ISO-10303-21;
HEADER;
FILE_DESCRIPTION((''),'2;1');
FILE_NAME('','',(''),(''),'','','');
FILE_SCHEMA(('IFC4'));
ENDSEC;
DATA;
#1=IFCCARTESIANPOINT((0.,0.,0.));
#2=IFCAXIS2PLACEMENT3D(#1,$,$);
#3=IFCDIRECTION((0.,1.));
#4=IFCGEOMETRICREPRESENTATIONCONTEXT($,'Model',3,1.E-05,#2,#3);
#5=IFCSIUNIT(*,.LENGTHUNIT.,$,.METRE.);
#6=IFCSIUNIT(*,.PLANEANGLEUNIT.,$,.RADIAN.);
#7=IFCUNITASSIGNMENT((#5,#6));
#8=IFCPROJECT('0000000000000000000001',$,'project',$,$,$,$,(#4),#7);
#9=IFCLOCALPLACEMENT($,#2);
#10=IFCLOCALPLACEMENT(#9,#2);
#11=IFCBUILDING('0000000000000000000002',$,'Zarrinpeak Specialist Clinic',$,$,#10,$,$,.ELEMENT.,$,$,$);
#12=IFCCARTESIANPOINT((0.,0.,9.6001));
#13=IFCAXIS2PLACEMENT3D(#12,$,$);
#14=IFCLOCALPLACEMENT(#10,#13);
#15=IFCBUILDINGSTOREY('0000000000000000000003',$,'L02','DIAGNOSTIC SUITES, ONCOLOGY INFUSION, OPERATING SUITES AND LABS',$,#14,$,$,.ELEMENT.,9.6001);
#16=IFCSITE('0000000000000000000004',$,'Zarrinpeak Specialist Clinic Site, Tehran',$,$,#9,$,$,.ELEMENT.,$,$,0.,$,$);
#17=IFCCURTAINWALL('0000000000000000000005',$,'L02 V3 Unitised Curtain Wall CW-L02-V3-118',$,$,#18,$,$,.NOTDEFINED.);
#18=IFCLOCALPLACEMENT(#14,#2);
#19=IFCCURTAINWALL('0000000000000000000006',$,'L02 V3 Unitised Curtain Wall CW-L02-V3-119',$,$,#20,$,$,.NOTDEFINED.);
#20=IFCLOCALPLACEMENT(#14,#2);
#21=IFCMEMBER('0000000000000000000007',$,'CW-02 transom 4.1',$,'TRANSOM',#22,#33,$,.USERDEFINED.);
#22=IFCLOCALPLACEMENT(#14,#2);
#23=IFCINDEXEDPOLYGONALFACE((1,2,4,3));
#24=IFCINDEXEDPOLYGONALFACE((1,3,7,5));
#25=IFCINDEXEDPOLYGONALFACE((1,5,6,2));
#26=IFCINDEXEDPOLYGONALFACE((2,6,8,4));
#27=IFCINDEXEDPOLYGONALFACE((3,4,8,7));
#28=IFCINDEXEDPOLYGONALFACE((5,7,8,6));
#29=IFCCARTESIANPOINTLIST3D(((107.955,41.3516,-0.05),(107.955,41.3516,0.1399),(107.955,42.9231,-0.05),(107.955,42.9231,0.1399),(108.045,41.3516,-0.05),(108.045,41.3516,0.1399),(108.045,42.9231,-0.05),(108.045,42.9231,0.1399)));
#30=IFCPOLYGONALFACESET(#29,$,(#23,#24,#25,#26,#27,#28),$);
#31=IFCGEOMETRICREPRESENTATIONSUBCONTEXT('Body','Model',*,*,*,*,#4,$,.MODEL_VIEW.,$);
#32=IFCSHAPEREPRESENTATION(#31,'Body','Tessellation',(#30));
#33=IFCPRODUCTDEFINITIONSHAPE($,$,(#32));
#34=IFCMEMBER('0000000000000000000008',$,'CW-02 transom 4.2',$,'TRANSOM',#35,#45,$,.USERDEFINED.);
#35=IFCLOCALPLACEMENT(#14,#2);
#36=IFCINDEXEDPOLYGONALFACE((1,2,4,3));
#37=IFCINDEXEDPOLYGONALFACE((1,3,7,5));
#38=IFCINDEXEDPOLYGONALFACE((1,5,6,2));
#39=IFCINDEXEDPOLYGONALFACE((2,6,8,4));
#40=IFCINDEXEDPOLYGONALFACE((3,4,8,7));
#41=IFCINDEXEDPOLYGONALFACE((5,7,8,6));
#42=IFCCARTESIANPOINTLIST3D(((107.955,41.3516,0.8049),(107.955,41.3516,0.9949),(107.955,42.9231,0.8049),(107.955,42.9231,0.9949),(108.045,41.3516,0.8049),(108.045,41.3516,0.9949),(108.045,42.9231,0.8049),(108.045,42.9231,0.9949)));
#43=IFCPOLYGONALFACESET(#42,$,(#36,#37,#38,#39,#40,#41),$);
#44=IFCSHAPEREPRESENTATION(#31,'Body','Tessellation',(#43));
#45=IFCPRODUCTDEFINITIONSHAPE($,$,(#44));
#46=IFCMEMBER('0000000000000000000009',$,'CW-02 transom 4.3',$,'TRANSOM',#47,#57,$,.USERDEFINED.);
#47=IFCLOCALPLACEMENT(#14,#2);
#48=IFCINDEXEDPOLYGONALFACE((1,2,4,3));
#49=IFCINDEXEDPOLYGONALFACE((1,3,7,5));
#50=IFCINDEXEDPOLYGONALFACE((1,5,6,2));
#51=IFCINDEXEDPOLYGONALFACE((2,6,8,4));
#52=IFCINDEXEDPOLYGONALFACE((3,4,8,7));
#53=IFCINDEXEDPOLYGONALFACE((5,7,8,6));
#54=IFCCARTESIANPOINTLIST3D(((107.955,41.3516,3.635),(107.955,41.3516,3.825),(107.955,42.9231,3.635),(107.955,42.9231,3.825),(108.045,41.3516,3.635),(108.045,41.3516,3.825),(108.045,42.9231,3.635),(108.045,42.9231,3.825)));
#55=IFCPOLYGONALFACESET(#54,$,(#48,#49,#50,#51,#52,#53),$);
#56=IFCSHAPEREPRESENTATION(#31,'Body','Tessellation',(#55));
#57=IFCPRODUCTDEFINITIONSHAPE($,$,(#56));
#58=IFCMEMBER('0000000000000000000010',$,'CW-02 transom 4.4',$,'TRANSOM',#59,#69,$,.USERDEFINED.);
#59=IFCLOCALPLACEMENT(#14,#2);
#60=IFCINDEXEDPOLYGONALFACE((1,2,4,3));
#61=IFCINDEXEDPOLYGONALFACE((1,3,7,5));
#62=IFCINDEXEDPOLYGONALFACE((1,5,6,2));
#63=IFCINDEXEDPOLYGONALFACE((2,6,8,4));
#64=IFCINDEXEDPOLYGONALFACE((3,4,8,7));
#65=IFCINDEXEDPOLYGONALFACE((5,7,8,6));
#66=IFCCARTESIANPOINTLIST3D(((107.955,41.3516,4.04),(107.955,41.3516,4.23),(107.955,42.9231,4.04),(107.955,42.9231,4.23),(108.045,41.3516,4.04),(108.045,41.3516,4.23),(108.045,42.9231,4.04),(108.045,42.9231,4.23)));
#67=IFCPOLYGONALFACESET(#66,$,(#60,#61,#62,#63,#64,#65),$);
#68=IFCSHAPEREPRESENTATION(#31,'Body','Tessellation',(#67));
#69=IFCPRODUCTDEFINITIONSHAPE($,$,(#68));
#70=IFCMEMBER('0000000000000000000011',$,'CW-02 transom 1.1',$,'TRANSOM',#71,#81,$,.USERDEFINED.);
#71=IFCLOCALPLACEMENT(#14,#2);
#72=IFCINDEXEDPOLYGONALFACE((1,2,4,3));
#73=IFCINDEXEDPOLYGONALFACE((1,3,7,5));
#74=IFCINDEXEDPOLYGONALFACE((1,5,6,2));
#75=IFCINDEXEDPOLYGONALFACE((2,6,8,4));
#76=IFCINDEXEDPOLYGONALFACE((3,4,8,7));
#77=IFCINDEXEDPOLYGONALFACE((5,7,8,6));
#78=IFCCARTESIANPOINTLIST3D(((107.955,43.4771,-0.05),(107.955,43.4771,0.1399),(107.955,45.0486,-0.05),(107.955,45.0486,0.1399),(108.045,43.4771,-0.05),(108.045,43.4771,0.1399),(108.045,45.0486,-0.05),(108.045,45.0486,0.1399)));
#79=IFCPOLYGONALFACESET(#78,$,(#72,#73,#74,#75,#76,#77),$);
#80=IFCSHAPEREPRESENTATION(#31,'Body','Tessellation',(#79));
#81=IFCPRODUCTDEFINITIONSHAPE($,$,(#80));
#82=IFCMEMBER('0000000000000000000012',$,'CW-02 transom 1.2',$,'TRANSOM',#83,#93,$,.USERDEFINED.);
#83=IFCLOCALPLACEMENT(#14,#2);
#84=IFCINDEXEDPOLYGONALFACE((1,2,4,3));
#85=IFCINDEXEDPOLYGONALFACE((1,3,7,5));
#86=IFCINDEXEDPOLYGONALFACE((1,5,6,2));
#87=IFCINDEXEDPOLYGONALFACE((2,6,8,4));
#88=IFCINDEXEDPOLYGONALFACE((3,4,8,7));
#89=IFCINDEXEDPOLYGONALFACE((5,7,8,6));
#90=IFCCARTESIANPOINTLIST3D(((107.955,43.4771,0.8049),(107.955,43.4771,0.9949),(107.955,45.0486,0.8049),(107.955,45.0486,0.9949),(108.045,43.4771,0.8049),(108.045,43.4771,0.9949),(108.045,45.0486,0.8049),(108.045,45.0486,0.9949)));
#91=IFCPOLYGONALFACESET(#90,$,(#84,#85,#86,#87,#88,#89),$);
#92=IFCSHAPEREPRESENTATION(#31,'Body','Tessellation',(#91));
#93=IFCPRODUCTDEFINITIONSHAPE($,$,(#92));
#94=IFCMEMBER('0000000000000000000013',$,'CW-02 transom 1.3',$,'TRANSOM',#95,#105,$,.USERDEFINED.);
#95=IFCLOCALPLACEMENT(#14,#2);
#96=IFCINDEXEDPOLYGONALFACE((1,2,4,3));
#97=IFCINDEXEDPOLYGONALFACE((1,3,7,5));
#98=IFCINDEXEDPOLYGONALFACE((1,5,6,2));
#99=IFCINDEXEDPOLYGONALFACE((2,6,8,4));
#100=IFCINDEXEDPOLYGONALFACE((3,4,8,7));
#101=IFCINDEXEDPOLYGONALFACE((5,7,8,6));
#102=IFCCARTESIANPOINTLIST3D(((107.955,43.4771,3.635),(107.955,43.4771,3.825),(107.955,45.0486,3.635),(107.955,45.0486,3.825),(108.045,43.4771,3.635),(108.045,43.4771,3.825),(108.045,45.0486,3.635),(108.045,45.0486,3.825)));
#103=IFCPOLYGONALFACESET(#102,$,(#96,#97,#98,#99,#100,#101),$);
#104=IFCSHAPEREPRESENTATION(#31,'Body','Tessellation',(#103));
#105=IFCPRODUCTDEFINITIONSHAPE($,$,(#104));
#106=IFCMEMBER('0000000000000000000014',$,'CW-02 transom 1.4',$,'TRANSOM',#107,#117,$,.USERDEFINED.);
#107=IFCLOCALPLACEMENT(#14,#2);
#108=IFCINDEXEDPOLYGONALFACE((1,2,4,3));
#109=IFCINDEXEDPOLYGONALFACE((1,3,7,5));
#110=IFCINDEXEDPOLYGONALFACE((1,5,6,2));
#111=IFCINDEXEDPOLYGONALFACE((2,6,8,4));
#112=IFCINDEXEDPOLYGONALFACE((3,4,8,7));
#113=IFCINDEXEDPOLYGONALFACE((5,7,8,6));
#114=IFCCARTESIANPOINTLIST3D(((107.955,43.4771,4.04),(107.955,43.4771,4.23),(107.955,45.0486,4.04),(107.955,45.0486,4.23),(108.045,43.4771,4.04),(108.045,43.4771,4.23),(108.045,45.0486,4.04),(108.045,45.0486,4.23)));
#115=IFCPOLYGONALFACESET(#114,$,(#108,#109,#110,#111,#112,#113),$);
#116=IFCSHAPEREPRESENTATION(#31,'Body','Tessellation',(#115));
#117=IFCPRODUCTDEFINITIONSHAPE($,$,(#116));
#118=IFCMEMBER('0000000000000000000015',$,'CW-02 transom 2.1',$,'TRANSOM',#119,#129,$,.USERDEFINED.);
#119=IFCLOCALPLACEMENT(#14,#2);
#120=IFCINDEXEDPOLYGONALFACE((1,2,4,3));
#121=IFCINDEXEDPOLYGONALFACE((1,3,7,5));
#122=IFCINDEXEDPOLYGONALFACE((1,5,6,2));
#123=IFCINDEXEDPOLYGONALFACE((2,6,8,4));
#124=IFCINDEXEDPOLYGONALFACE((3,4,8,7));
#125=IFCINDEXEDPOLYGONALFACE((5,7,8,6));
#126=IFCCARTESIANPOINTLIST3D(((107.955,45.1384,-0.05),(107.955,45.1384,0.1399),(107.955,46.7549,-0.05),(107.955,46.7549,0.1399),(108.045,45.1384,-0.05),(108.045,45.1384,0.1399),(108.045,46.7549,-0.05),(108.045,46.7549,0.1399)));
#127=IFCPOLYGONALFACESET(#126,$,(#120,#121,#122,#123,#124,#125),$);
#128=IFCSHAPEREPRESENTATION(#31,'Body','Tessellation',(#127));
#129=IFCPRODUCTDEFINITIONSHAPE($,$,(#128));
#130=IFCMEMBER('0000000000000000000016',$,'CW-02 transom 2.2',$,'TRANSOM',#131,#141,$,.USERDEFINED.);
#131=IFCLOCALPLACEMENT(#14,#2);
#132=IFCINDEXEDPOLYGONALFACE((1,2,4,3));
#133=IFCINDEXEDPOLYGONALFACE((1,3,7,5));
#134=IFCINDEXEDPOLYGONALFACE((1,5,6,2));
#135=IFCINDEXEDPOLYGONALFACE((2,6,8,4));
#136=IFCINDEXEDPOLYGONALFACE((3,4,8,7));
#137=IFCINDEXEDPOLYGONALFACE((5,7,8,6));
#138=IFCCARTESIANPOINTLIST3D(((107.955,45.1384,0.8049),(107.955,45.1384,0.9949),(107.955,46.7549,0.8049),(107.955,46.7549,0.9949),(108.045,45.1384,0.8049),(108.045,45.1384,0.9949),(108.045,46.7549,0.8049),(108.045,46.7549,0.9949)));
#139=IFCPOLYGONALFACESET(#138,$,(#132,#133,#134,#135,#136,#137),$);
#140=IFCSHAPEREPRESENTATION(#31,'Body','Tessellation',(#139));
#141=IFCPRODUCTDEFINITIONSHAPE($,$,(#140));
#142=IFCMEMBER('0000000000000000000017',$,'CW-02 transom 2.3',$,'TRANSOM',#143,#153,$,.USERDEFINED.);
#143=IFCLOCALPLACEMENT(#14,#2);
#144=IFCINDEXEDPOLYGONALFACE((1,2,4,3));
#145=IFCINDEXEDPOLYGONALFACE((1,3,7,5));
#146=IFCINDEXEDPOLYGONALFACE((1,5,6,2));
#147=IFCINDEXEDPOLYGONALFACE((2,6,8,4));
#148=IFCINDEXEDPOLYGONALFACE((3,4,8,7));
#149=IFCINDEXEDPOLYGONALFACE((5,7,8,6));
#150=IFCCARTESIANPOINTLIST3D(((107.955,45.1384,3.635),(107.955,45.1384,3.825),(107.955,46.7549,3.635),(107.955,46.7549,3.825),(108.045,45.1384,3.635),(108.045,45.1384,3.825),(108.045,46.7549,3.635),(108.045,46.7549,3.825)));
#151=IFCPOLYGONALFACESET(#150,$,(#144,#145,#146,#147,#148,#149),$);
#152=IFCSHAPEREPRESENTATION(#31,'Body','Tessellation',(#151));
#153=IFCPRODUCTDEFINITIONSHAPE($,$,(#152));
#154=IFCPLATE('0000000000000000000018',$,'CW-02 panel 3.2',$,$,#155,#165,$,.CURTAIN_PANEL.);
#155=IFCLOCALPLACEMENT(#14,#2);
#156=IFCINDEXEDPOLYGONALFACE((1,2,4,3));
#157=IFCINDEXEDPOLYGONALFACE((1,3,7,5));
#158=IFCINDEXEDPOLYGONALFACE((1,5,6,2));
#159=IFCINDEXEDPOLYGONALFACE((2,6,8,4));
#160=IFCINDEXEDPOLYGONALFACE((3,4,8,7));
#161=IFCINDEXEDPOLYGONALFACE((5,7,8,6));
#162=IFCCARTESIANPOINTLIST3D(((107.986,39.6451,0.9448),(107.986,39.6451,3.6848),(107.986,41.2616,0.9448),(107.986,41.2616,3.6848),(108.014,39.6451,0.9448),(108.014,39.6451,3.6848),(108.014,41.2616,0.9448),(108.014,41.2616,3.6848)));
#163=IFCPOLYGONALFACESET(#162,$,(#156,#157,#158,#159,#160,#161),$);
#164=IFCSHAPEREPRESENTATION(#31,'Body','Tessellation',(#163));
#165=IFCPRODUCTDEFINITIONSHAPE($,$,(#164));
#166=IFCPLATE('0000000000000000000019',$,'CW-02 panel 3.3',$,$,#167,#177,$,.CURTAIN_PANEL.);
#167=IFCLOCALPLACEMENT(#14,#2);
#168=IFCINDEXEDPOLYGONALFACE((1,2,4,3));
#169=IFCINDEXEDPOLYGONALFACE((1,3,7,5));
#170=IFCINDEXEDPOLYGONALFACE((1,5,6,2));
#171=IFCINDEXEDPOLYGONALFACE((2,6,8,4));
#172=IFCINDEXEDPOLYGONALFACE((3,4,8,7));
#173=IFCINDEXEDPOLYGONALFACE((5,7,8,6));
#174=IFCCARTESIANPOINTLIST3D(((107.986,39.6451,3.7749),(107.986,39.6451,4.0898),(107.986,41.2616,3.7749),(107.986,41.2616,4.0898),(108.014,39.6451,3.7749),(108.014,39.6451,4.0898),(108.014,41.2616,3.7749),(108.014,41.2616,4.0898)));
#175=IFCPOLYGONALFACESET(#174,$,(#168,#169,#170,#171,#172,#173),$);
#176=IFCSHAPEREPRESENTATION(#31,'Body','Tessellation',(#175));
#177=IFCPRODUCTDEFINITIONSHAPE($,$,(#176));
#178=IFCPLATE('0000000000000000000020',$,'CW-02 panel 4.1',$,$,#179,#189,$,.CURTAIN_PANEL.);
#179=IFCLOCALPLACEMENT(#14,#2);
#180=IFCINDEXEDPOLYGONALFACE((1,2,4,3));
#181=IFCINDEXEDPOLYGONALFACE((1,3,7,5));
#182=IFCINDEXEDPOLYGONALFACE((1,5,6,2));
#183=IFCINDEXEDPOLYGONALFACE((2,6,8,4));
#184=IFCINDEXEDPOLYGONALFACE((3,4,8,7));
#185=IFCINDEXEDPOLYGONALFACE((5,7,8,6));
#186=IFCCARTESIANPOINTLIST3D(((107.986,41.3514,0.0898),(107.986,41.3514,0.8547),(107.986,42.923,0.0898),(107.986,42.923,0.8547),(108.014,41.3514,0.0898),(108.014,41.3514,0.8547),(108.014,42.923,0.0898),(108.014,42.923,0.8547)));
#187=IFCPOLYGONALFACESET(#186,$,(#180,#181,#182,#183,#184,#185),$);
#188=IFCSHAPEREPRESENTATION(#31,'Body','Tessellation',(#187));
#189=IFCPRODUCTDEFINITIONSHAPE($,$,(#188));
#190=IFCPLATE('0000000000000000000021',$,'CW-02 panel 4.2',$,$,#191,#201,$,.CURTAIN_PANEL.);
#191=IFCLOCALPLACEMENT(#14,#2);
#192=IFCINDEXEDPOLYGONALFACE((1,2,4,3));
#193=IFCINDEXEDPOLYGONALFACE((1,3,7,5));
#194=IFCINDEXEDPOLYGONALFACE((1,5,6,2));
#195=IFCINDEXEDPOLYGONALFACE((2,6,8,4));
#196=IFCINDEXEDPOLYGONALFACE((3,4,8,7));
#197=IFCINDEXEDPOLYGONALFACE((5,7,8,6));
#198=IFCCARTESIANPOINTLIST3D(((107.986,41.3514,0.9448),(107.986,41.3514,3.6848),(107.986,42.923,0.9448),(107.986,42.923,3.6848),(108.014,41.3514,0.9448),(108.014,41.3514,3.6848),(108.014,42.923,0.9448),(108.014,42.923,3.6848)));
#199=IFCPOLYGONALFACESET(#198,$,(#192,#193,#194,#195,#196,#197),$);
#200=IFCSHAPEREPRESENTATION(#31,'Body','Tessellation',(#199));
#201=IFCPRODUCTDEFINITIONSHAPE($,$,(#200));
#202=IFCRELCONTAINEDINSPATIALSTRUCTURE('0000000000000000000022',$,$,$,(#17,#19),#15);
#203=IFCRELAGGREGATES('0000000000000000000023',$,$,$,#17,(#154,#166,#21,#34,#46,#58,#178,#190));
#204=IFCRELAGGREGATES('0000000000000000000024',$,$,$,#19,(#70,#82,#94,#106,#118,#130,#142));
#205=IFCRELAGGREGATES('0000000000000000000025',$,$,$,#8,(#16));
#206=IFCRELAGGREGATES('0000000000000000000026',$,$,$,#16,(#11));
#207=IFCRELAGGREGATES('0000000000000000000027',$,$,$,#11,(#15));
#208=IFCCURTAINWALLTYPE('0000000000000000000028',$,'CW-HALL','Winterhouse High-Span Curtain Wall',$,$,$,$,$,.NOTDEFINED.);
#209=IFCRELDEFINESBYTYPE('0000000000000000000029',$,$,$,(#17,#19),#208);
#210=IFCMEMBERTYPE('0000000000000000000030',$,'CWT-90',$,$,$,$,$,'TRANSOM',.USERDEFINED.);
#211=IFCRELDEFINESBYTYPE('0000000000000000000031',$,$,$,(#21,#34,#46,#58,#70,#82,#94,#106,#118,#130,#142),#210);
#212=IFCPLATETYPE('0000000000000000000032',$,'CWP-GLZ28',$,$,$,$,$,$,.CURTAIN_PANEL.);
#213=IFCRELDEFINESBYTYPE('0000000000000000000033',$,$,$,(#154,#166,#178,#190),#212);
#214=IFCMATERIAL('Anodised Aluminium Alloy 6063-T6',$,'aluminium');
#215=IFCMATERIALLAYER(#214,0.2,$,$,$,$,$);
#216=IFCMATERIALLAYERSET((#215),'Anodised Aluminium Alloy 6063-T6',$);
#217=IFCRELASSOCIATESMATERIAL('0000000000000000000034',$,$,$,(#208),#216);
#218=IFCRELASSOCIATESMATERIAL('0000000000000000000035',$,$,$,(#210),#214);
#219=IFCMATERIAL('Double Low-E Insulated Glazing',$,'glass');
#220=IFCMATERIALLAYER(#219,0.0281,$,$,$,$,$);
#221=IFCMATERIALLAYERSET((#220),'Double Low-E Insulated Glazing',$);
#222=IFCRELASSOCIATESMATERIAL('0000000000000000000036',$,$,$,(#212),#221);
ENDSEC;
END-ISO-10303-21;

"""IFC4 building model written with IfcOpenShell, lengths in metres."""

from ifc_helpers import new_model, si_unit, direction, frame, origin, origin_2d, place, context, subcontext, project, spatial, rectangle, extrude, material, layer, layer_set, material_profile, profile_set, type_object, element, aggregate, save


model = new_model("IFC4")

# Units and contexts
model_context = context("Model", 3, precision=1e-05, world=origin(), true_north=direction((0.0, 1.0)))
body_context = subcontext(model_context, "Body", "Model", "MODEL_VIEW")
ifc_project = project(units=[si_unit("LENGTHUNIT", "METRE"), si_unit("PLANEANGLEUNIT", "RADIAN")], contexts=[model_context])

# Site, building, storey
site_placement = place(None, origin())
site = spatial("IfcSite", under=ifc_project, at=site_placement, Name="Zarrinpeak Specialist Clinic Site, Tehran", CompositionType="ELEMENT", RefElevation=0.0)
building_placement = place(site_placement, origin())
building = spatial("IfcBuilding", under=site, at=building_placement, Name="Zarrinpeak Specialist Clinic", CompositionType="ELEMENT")
storey_placement = place(building_placement, frame((0.0, 0.0, 9.6001)))
storey = spatial("IfcBuildingStorey", under=building, at=storey_placement, Name="L02", Description="DIAGNOSTIC SUITES, ONCOLOGY INFUSION, OPERATING SUITES AND LABS", CompositionType="ELEMENT", Elevation=9.6001)

# Curtain walls
ifc_material_1 = material(Name="Anodised Aluminium Alloy 6063-T6", Category="aluminium")
ifc_layer_1 = layer(ifc_material_1, 0.2)
ifc_layer_set_1 = layer_set([ifc_layer_1], Name="Anodised Aluminium Alloy 6063-T6")
curtain_wall_type = type_object("IfcCurtainWallType", Name="CW-HALL", Description="Winterhouse High-Span Curtain Wall", PredefinedType="NOTDEFINED", material=ifc_layer_set_1)
curtain_wall_1_placement = place(storey_placement, origin())
curtain_wall_1 = element("IfcCurtainWall", 1, at=curtain_wall_1_placement, inside=storey, type_object=curtain_wall_type, Name="L02 V3 Unitised Curtain Wall CW-L02-V3-118", PredefinedType="NOTDEFINED")
curtain_wall_2_placement = place(storey_placement, origin())
curtain_wall_2 = element("IfcCurtainWall", 2, at=curtain_wall_2_placement, inside=storey, type_object=curtain_wall_type, Name="L02 V3 Unitised Curtain Wall CW-L02-V3-119", PredefinedType="NOTDEFINED")

# Members
ifc_material_profile_1 = material_profile(ifc_material_1, rectangle(XDim=0.0901, YDim=0.1899, at=origin_2d()), Name="ALU 90x190")
ifc_profile_set_1 = profile_set([ifc_material_profile_1], Name="Anodised Aluminium Alloy 6063-T6")
member_type_1 = type_object("IfcMemberType", Name="CWT-90", ElementType="TRANSOM", PredefinedType="USERDEFINED", material=ifc_profile_set_1)
member_1_placement = place(storey_placement, frame((108.0, 41.3516, 0.0449), z_axis=(0.0, 1.0, 0.0), x_axis=(-1.0, 0.0, 0.0)))
member_1 = element("IfcMember", 3, at=member_1_placement, type_object=member_type_1, Name="CW-02 transom 4.1", ObjectType="TRANSOM", PredefinedType="USERDEFINED", context=body_context, shape_type="SweptSolid", body=[
    extrude(rectangle(XDim=0.0901, YDim=0.1899, at=origin_2d()), origin(), (0.0, 0.0, 1.0), 1.5715),
])
member_2_placement = place(storey_placement, frame((108.0, 41.3516, 0.8999), z_axis=(0.0, 1.0, 0.0), x_axis=(-1.0, 0.0, 0.0)))
member_2 = element("IfcMember", 4, at=member_2_placement, type_object=member_type_1, Name="CW-02 transom 4.2", ObjectType="TRANSOM", PredefinedType="USERDEFINED", context=body_context, shape_type="SweptSolid", body=[
    extrude(rectangle(XDim=0.0901, YDim=0.1899, at=origin_2d()), origin(), (0.0, 0.0, 1.0), 1.5715),
])
member_3_placement = place(storey_placement, frame((108.0, 41.3516, 3.73), z_axis=(0.0, 1.0, 0.0), x_axis=(-1.0, 0.0, 0.0)))
member_3 = element("IfcMember", 5, at=member_3_placement, type_object=member_type_1, Name="CW-02 transom 4.3", ObjectType="TRANSOM", PredefinedType="USERDEFINED", context=body_context, shape_type="SweptSolid", body=[
    extrude(rectangle(XDim=0.0901, YDim=0.1899, at=origin_2d()), origin(), (0.0, 0.0, 1.0), 1.5715),
])
member_4_placement = place(storey_placement, frame((108.0, 41.3516, 4.135), z_axis=(0.0, 1.0, 0.0), x_axis=(-1.0, 0.0, 0.0)))
member_4 = element("IfcMember", 6, at=member_4_placement, type_object=member_type_1, Name="CW-02 transom 4.4", ObjectType="TRANSOM", PredefinedType="USERDEFINED", context=body_context, shape_type="SweptSolid", body=[
    extrude(rectangle(XDim=0.0901, YDim=0.1899, at=origin_2d()), origin(), (0.0, 0.0, 1.0), 1.5715),
])
member_5_placement = place(storey_placement, frame((108.0, 43.4771, 0.0449), z_axis=(0.0, 1.0, 0.0), x_axis=(-1.0, 0.0, 0.0)))
member_5 = element("IfcMember", 7, at=member_5_placement, type_object=member_type_1, Name="CW-02 transom 1.1", ObjectType="TRANSOM", PredefinedType="USERDEFINED", context=body_context, shape_type="SweptSolid", body=[
    extrude(rectangle(XDim=0.0901, YDim=0.1899, at=origin_2d()), origin(), (0.0, 0.0, 1.0), 1.5715),
])
member_6_placement = place(storey_placement, frame((108.0, 43.4771, 0.8999), z_axis=(0.0, 1.0, 0.0), x_axis=(-1.0, 0.0, 0.0)))
member_6 = element("IfcMember", 8, at=member_6_placement, type_object=member_type_1, Name="CW-02 transom 1.2", ObjectType="TRANSOM", PredefinedType="USERDEFINED", context=body_context, shape_type="SweptSolid", body=[
    extrude(rectangle(XDim=0.0901, YDim=0.1899, at=origin_2d()), origin(), (0.0, 0.0, 1.0), 1.5715),
])
member_7_placement = place(storey_placement, frame((108.0, 43.4771, 3.73), z_axis=(0.0, 1.0, 0.0), x_axis=(-1.0, 0.0, 0.0)))
member_7 = element("IfcMember", 9, at=member_7_placement, type_object=member_type_1, Name="CW-02 transom 1.3", ObjectType="TRANSOM", PredefinedType="USERDEFINED", context=body_context, shape_type="SweptSolid", body=[
    extrude(rectangle(XDim=0.0901, YDim=0.1899, at=origin_2d()), origin(), (0.0, 0.0, 1.0), 1.5715),
])
member_8_placement = place(storey_placement, frame((108.0, 43.4771, 4.135), z_axis=(0.0, 1.0, 0.0), x_axis=(-1.0, 0.0, 0.0)))
member_8 = element("IfcMember", 10, at=member_8_placement, type_object=member_type_1, Name="CW-02 transom 1.4", ObjectType="TRANSOM", PredefinedType="USERDEFINED", context=body_context, shape_type="SweptSolid", body=[
    extrude(rectangle(XDim=0.0901, YDim=0.1899, at=origin_2d()), origin(), (0.0, 0.0, 1.0), 1.5715),
])
member_9_placement = place(storey_placement, frame((108.0, 45.1384, 0.0449), z_axis=(0.0, 1.0, 0.0), x_axis=(-1.0, 0.0, 0.0)))
member_9 = element("IfcMember", 11, at=member_9_placement, type_object=member_type_1, Name="CW-02 transom 2.1", ObjectType="TRANSOM", PredefinedType="USERDEFINED", context=body_context, shape_type="SweptSolid", body=[
    extrude(rectangle(XDim=0.0901, YDim=0.1899, at=origin_2d()), origin(), (0.0, 0.0, 1.0), 1.6165),
])
member_10_placement = place(storey_placement, frame((108.0, 45.1384, 0.8999), z_axis=(0.0, 1.0, 0.0), x_axis=(-1.0, 0.0, 0.0)))
member_10 = element("IfcMember", 12, at=member_10_placement, type_object=member_type_1, Name="CW-02 transom 2.2", ObjectType="TRANSOM", PredefinedType="USERDEFINED", context=body_context, shape_type="SweptSolid", body=[
    extrude(rectangle(XDim=0.0901, YDim=0.1899, at=origin_2d()), origin(), (0.0, 0.0, 1.0), 1.6165),
])
member_11_placement = place(storey_placement, frame((108.0, 45.1384, 3.73), z_axis=(0.0, 1.0, 0.0), x_axis=(-1.0, 0.0, 0.0)))
member_11 = element("IfcMember", 13, at=member_11_placement, type_object=member_type_1, Name="CW-02 transom 2.3", ObjectType="TRANSOM", PredefinedType="USERDEFINED", context=body_context, shape_type="SweptSolid", body=[
    extrude(rectangle(XDim=0.0901, YDim=0.1899, at=origin_2d()), origin(), (0.0, 0.0, 1.0), 1.6165),
])

# Plates
ifc_material_2 = material(Name="Double Low-E Insulated Glazing", Category="glass")
ifc_layer_2 = layer(ifc_material_2, 0.0281)
ifc_layer_set_2 = layer_set([ifc_layer_2], Name="Double Low-E Insulated Glazing")
plate_type_1 = type_object("IfcPlateType", Name="CWP-GLZ28", PredefinedType="CURTAIN_PANEL", material=ifc_layer_set_2)
plate_1_placement = place(storey_placement, frame((108.0, 40.4534, 0.9448), z_axis=(0.0, 0.0, 1.0), x_axis=(0.0, 1.0, 0.0)))
plate_1 = element("IfcPlate", 14, at=plate_1_placement, type_object=plate_type_1, Name="CW-02 panel 3.2", PredefinedType="CURTAIN_PANEL", context=body_context, shape_type="SweptSolid", body=[
    extrude(rectangle(XDim=1.6165, YDim=0.0281, at=origin_2d()), origin(), (0.0, 0.0, 1.0), 2.74),
])
plate_2_placement = place(storey_placement, frame((108.0, 40.4534, 3.7749), z_axis=(0.0, 0.0, 1.0), x_axis=(0.0, 1.0, 0.0)))
plate_2 = element("IfcPlate", 15, at=plate_2_placement, type_object=plate_type_1, Name="CW-02 panel 3.3", PredefinedType="CURTAIN_PANEL", context=body_context, shape_type="SweptSolid", body=[
    extrude(rectangle(XDim=1.6165, YDim=0.0281, at=origin_2d()), origin(), (0.0, 0.0, 1.0), 0.3149),
])
plate_3_placement = place(storey_placement, frame((108.0, 42.1372, 0.0898), z_axis=(0.0, 0.0, 1.0), x_axis=(0.0, 1.0, 0.0)))
plate_3 = element("IfcPlate", 16, at=plate_3_placement, type_object=plate_type_1, Name="CW-02 panel 4.1", PredefinedType="CURTAIN_PANEL", context=body_context, shape_type="SweptSolid", body=[
    extrude(rectangle(XDim=1.5715, YDim=0.0281, at=origin_2d()), origin(), (0.0, 0.0, 1.0), 0.7649),
])
plate_4_placement = place(storey_placement, frame((108.0, 42.1372, 0.9448), z_axis=(0.0, 0.0, 1.0), x_axis=(0.0, 1.0, 0.0)))
plate_4 = element("IfcPlate", 17, at=plate_4_placement, type_object=plate_type_1, Name="CW-02 panel 4.2", PredefinedType="CURTAIN_PANEL", context=body_context, shape_type="SweptSolid", body=[
    extrude(rectangle(XDim=1.5715, YDim=0.0281, at=origin_2d()), origin(), (0.0, 0.0, 1.0), 2.74),
])
aggregate(curtain_wall_1, [plate_1, plate_2, member_1, member_2, member_3, member_4, plate_3, plate_4])
aggregate(curtain_wall_2, [member_5, member_6, member_7, member_8, member_9, member_10, member_11])

save(model, "model.ifc")
